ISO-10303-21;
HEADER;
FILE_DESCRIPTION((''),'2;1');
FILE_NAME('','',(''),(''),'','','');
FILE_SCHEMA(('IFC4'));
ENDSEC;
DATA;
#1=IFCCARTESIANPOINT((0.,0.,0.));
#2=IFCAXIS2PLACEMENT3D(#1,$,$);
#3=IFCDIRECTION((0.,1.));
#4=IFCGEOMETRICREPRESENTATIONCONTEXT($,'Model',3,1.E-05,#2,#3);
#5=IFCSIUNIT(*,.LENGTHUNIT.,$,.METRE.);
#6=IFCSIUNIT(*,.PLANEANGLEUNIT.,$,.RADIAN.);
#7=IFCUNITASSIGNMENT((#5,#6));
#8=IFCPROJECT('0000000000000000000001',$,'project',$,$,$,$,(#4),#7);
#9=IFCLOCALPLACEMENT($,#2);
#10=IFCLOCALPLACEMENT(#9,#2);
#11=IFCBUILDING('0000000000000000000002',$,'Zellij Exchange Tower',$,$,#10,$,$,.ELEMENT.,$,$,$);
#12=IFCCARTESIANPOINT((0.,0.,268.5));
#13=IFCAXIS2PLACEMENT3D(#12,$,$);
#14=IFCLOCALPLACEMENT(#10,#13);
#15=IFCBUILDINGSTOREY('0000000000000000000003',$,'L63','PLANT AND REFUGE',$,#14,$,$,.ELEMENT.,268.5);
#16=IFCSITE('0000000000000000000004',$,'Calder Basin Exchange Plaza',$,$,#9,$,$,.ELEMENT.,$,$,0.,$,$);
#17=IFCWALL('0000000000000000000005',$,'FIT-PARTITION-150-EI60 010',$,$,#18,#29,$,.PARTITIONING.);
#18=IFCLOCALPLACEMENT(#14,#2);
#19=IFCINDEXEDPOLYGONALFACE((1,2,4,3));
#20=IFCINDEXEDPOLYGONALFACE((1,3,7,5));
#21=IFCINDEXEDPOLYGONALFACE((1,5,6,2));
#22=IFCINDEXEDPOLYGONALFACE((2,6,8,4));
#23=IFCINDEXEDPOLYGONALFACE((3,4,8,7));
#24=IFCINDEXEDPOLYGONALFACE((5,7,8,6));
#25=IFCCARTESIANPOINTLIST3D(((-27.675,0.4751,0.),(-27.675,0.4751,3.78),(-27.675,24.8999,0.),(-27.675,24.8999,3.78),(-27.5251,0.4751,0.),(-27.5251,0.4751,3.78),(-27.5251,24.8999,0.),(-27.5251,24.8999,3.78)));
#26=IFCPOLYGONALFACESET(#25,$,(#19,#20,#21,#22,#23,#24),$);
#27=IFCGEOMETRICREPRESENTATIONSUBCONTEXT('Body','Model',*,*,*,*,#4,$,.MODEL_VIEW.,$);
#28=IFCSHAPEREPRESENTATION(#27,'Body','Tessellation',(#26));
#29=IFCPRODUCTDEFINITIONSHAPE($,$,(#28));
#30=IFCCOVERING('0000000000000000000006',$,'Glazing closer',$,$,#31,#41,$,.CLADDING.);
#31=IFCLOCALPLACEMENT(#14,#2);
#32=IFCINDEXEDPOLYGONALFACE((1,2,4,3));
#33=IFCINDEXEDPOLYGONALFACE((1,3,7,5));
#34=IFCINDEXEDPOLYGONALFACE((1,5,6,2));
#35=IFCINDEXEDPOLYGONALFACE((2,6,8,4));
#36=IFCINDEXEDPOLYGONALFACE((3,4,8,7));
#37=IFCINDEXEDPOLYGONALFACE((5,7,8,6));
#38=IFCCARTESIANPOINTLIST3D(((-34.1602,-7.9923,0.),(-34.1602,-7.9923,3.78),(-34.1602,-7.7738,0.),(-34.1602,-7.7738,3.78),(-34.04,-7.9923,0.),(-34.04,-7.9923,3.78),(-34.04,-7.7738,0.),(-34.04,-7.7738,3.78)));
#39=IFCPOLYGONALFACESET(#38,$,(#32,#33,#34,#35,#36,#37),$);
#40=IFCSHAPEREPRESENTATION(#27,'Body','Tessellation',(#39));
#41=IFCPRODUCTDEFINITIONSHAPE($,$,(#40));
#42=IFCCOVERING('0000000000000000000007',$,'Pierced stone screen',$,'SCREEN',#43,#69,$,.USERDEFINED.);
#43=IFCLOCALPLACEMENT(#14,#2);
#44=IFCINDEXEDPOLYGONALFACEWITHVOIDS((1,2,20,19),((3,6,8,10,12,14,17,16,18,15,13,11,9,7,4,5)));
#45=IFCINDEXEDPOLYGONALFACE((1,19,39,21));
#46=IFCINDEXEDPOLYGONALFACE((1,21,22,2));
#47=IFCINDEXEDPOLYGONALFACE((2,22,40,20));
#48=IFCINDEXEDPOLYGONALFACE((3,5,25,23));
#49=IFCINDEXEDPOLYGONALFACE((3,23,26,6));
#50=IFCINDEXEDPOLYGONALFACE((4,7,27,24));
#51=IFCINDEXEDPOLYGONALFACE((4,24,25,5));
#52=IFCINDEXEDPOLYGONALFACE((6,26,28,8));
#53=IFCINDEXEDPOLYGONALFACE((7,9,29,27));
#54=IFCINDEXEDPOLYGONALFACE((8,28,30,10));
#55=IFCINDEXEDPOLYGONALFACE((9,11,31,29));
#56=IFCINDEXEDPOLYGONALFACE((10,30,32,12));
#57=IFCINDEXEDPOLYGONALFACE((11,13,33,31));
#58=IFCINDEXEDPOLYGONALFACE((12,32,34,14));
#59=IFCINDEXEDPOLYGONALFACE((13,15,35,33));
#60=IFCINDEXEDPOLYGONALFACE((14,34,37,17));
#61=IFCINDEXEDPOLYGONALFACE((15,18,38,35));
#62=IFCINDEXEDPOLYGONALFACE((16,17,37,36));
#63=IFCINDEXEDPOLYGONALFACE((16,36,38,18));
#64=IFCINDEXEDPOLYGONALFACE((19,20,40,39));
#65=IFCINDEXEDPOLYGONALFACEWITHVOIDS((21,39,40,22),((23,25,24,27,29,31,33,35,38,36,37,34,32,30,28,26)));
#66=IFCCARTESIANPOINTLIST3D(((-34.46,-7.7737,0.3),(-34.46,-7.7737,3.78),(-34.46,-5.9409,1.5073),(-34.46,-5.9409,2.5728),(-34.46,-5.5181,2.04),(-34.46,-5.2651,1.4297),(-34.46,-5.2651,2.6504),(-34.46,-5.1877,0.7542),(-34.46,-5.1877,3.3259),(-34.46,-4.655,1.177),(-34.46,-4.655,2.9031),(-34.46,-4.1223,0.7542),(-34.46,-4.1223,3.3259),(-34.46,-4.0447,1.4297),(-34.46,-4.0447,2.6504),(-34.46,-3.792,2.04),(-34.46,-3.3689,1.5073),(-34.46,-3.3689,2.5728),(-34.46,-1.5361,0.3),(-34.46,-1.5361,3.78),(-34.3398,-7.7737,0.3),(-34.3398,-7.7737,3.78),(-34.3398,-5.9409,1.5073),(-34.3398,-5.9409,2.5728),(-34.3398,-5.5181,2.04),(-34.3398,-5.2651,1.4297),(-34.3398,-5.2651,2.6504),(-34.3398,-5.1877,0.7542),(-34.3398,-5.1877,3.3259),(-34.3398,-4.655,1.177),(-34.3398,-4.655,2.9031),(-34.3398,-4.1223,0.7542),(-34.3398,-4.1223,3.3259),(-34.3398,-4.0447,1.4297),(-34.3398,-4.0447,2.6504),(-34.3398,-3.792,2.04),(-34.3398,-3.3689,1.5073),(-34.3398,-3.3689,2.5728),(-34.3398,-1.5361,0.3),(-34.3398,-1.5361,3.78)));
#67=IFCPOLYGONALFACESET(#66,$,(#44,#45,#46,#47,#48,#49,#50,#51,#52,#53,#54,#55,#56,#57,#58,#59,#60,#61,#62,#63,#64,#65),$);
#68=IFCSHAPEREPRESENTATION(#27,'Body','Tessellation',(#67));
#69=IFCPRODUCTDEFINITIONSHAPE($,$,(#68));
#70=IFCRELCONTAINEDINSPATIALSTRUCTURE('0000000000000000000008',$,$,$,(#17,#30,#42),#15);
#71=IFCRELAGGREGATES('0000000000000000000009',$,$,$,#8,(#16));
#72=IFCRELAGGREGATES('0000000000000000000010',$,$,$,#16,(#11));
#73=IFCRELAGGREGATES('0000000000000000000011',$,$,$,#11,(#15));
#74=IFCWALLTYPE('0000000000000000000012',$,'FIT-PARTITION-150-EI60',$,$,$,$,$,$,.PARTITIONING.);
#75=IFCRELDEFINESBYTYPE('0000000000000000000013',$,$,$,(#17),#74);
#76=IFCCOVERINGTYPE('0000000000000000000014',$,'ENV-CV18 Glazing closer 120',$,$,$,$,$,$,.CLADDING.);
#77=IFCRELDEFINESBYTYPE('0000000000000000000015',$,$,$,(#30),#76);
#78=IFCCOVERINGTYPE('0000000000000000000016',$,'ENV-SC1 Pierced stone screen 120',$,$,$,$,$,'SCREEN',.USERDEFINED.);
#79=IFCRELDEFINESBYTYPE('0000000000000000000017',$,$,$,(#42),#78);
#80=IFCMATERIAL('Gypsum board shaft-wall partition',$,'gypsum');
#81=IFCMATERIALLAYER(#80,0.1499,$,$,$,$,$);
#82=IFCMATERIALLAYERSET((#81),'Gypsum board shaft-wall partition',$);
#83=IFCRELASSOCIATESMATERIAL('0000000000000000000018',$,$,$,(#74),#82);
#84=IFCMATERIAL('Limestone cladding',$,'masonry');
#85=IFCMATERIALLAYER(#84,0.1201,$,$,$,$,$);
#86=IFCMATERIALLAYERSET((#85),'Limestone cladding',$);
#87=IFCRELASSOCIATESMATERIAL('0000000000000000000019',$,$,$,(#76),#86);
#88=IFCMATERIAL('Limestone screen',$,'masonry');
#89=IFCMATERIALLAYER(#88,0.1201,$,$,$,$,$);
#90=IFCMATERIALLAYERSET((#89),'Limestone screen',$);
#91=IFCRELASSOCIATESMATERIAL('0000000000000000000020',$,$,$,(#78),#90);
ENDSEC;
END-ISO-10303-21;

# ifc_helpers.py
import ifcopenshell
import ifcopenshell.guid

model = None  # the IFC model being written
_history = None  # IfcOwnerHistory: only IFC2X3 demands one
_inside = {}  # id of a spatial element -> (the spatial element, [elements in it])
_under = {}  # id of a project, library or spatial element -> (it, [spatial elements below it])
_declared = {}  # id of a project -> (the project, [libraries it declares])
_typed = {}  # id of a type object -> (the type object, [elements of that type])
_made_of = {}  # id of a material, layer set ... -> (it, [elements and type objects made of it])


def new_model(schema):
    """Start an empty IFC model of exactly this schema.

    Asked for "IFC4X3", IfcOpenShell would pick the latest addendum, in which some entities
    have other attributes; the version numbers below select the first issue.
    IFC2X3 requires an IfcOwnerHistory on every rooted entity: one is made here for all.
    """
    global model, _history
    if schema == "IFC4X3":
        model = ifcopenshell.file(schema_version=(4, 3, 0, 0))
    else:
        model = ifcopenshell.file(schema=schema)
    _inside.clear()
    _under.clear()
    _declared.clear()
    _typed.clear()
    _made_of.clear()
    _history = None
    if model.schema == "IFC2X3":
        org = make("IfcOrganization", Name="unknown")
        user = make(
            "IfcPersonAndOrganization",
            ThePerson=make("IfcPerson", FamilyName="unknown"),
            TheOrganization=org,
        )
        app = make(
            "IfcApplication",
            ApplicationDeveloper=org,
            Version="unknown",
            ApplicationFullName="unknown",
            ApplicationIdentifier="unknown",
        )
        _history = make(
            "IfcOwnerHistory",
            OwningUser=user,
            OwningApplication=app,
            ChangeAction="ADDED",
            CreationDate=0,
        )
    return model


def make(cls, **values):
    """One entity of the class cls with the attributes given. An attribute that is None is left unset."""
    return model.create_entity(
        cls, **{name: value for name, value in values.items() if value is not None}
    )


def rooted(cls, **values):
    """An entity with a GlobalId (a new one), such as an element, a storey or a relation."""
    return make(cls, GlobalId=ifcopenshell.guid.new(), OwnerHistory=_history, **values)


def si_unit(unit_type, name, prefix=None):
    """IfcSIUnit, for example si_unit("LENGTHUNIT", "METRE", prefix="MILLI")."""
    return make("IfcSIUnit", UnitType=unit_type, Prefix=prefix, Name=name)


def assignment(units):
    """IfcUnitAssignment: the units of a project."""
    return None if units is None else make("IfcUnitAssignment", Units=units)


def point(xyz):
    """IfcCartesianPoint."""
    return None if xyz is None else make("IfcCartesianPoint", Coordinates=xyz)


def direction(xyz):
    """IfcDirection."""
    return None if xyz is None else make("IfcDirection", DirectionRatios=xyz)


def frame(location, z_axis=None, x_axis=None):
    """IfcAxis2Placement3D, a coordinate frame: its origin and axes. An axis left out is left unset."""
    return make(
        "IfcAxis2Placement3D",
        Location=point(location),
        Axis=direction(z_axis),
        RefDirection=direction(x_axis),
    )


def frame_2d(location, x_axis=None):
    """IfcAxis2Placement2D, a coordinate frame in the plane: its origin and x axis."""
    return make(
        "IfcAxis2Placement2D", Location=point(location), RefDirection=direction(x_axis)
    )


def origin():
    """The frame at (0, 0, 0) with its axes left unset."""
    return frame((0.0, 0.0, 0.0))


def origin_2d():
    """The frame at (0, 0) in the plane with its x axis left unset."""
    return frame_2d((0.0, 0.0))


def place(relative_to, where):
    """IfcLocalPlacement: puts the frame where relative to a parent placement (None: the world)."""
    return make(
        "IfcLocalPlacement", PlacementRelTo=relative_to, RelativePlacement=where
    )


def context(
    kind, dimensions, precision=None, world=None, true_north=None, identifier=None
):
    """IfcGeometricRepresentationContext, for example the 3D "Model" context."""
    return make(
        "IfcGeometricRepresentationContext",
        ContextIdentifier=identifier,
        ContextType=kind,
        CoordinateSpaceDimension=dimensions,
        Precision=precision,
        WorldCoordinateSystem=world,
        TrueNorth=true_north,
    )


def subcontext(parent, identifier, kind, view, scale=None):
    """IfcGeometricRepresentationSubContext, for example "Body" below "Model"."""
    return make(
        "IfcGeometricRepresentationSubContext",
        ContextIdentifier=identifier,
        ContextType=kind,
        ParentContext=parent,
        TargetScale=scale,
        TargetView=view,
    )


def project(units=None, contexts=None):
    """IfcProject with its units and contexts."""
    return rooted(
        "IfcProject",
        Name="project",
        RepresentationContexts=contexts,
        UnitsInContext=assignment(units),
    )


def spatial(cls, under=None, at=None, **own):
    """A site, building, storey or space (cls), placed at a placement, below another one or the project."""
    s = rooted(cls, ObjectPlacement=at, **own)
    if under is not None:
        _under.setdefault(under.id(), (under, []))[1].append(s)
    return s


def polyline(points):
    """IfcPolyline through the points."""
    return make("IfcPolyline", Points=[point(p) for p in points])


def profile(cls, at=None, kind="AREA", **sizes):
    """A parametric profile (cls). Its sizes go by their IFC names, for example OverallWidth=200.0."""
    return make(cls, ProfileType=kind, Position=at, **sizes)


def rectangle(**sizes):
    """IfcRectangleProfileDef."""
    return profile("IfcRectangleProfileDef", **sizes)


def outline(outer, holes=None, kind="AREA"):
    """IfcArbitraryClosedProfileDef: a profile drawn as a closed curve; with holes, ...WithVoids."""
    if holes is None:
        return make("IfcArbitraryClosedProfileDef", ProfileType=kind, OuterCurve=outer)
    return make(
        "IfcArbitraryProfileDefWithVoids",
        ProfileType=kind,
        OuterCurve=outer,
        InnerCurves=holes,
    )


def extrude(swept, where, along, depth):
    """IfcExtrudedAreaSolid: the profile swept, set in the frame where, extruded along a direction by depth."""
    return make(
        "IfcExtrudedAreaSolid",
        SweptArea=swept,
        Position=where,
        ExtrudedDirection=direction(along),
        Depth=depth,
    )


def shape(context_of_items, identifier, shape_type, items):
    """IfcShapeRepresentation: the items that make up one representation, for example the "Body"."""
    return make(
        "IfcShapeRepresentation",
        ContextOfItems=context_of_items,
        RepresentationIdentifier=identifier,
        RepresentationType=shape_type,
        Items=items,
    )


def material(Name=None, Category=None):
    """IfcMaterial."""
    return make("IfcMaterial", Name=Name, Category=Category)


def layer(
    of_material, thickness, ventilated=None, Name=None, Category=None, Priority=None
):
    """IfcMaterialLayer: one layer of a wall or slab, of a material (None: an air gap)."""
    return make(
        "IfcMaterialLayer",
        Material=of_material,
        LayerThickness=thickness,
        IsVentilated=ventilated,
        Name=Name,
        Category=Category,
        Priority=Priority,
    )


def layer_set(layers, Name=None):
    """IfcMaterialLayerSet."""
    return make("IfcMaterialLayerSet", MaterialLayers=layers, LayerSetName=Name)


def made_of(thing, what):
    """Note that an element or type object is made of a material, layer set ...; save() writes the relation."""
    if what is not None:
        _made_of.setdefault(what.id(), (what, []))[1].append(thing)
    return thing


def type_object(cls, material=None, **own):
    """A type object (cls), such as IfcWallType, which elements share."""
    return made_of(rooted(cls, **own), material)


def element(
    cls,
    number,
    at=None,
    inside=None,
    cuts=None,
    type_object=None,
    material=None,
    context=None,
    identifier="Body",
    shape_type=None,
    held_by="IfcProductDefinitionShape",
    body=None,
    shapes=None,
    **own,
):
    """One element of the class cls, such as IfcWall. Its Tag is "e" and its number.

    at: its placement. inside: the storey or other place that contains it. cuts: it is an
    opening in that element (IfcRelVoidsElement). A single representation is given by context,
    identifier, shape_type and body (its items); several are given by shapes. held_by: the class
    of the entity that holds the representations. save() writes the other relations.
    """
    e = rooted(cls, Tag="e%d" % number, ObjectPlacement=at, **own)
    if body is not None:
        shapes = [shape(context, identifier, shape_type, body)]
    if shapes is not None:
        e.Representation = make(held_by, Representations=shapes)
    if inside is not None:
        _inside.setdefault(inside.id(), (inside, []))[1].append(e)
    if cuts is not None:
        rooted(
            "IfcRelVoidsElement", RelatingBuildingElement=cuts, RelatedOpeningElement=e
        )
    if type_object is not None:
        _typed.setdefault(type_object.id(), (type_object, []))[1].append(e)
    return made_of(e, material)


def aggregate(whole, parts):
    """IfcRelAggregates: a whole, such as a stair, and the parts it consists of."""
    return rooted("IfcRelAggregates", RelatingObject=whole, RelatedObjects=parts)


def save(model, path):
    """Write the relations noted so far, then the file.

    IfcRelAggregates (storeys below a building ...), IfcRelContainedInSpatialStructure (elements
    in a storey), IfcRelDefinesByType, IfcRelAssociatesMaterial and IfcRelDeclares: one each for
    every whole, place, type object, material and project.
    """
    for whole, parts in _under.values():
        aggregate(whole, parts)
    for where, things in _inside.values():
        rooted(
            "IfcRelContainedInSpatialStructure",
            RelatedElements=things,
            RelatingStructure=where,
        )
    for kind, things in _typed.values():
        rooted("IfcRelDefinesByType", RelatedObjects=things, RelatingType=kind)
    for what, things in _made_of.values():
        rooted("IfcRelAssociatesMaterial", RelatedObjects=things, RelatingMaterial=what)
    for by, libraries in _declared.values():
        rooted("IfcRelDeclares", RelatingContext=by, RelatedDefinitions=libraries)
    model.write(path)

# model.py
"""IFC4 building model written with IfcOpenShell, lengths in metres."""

from ifc_helpers import new_model, si_unit, direction, frame, frame_2d, origin, origin_2d, place, context, subcontext, project, spatial, polyline, rectangle, outline, extrude, material, layer, layer_set, type_object, element, save


model = new_model("IFC4")

# Units and contexts
model_context = context("Model", 3, precision=1e-05, world=origin(), true_north=direction((0.0, 1.0)))
body_context = subcontext(model_context, "Body", "Model", "MODEL_VIEW")
ifc_project = project(units=[si_unit("LENGTHUNIT", "METRE"), si_unit("PLANEANGLEUNIT", "RADIAN")], contexts=[model_context])

# Site, building, storey
site_placement = place(None, origin())
site = spatial("IfcSite", under=ifc_project, at=site_placement, Name="Calder Basin Exchange Plaza", CompositionType="ELEMENT", RefElevation=0.0)
building_placement = place(site_placement, origin())
building = spatial("IfcBuilding", under=site, at=building_placement, Name="Zellij Exchange Tower", CompositionType="ELEMENT")
storey_placement = place(building_placement, frame((0.0, 0.0, 268.5)))
storey = spatial("IfcBuildingStorey", under=building, at=storey_placement, Name="L63", Description="PLANT AND REFUGE", CompositionType="ELEMENT", Elevation=268.5)

# Shared definitions
ifc_material_1 = material(Name="Gypsum board shaft-wall partition", Category="gypsum")
ifc_layer_1 = layer(ifc_material_1, 0.1499)
ifc_layer_set_1 = layer_set([ifc_layer_1], Name="Gypsum board shaft-wall partition")
wall_type_1 = type_object("IfcWallType", Name="FIT-PARTITION-150-EI60", PredefinedType="PARTITIONING", material=ifc_layer_set_1)

# Wall
for number, where, z_axis, x_axis, name in (
    (1, (-27.6001, 0.4751, 0.0), (0.0, 0.0, 1.0), (0.0, 1.0, 0.0), "FIT-PARTITION-150-EI60 010"),
):
    element("IfcWall", number, at=place(storey_placement, frame(where, z_axis=z_axis, x_axis=x_axis)), inside=storey, type_object=wall_type_1, Name=name, PredefinedType="PARTITIONING", context=body_context, shape_type="SweptSolid", body=[
        extrude(rectangle(XDim=24.4248, YDim=0.1499, at=frame_2d((12.2124, 0.0))), origin(), (0.0, 0.0, 1.0), 3.78),
    ])

# Coverings
ifc_material_2 = material(Name="Limestone cladding", Category="masonry")
ifc_layer_2 = layer(ifc_material_2, 0.1201)
ifc_layer_set_2 = layer_set([ifc_layer_2], Name="Limestone cladding")
covering_type_1 = type_object("IfcCoveringType", Name="ENV-CV18 Glazing closer 120", PredefinedType="CLADDING", material=ifc_layer_set_2)
covering_1_placement = place(storey_placement, frame((-34.1001, -7.8831, 0.0), z_axis=(0.0, 0.0, 1.0), x_axis=(0.0, -1.0, 0.0)))
element("IfcCovering", 2, at=covering_1_placement, inside=storey, type_object=covering_type_1, Name="Glazing closer", PredefinedType="CLADDING", context=body_context, shape_type="SweptSolid", body=[
    extrude(rectangle(XDim=0.2185, YDim=0.1201, at=origin_2d()), origin(), (0.0, 0.0, 1.0), 3.78),
])
ifc_material_3 = material(Name="Limestone screen", Category="masonry")
ifc_layer_3 = layer(ifc_material_3, 0.1201)
ifc_layer_set_3 = layer_set([ifc_layer_3], Name="Limestone screen")
covering_type_2 = type_object("IfcCoveringType", Name="ENV-SC1 Pierced stone screen 120", ElementType="SCREEN", PredefinedType="USERDEFINED", material=ifc_layer_set_3)
covering_2_placement = place(storey_placement, frame((-34.3999, -1.5361, 0.3), z_axis=(0.0, 0.0, 1.0), x_axis=(0.0, -1.0, 0.0)))
element("IfcCovering", 3, at=covering_2_placement, inside=storey, type_object=covering_type_2, Name="Pierced stone screen", ObjectType="SCREEN", PredefinedType="USERDEFINED", context=body_context, shape_type="SweptSolid", body=[
    extrude(outline(polyline([(0.0, 0.0), (6.2375, 0.0), (6.2375, 3.48), (0.0, 3.48), (0.0, 0.0)]), holes=[polyline([(4.4048, 2.2727), (3.729, 2.3503), (3.6516, 3.0259), (3.1189, 2.603), (2.5862, 3.0259), (2.5085, 2.3503), (1.8328, 2.2727), (2.2559, 1.74), (1.8328, 1.2073), (2.5085, 1.1296), (2.5862, 0.4541), (3.1189, 0.877), (3.6516, 0.4541), (3.729, 1.1296), (4.4048, 1.2073), (3.9819, 1.74), (4.4048, 2.2727)])]), frame((0.0, 0.0601, 0.0), z_axis=(0.0, -1.0, 0.0), x_axis=(1.0, 0.0, 0.0)), (0.0, 0.0, 1.0), 0.1201),
])

save(model, "model.ifc")
